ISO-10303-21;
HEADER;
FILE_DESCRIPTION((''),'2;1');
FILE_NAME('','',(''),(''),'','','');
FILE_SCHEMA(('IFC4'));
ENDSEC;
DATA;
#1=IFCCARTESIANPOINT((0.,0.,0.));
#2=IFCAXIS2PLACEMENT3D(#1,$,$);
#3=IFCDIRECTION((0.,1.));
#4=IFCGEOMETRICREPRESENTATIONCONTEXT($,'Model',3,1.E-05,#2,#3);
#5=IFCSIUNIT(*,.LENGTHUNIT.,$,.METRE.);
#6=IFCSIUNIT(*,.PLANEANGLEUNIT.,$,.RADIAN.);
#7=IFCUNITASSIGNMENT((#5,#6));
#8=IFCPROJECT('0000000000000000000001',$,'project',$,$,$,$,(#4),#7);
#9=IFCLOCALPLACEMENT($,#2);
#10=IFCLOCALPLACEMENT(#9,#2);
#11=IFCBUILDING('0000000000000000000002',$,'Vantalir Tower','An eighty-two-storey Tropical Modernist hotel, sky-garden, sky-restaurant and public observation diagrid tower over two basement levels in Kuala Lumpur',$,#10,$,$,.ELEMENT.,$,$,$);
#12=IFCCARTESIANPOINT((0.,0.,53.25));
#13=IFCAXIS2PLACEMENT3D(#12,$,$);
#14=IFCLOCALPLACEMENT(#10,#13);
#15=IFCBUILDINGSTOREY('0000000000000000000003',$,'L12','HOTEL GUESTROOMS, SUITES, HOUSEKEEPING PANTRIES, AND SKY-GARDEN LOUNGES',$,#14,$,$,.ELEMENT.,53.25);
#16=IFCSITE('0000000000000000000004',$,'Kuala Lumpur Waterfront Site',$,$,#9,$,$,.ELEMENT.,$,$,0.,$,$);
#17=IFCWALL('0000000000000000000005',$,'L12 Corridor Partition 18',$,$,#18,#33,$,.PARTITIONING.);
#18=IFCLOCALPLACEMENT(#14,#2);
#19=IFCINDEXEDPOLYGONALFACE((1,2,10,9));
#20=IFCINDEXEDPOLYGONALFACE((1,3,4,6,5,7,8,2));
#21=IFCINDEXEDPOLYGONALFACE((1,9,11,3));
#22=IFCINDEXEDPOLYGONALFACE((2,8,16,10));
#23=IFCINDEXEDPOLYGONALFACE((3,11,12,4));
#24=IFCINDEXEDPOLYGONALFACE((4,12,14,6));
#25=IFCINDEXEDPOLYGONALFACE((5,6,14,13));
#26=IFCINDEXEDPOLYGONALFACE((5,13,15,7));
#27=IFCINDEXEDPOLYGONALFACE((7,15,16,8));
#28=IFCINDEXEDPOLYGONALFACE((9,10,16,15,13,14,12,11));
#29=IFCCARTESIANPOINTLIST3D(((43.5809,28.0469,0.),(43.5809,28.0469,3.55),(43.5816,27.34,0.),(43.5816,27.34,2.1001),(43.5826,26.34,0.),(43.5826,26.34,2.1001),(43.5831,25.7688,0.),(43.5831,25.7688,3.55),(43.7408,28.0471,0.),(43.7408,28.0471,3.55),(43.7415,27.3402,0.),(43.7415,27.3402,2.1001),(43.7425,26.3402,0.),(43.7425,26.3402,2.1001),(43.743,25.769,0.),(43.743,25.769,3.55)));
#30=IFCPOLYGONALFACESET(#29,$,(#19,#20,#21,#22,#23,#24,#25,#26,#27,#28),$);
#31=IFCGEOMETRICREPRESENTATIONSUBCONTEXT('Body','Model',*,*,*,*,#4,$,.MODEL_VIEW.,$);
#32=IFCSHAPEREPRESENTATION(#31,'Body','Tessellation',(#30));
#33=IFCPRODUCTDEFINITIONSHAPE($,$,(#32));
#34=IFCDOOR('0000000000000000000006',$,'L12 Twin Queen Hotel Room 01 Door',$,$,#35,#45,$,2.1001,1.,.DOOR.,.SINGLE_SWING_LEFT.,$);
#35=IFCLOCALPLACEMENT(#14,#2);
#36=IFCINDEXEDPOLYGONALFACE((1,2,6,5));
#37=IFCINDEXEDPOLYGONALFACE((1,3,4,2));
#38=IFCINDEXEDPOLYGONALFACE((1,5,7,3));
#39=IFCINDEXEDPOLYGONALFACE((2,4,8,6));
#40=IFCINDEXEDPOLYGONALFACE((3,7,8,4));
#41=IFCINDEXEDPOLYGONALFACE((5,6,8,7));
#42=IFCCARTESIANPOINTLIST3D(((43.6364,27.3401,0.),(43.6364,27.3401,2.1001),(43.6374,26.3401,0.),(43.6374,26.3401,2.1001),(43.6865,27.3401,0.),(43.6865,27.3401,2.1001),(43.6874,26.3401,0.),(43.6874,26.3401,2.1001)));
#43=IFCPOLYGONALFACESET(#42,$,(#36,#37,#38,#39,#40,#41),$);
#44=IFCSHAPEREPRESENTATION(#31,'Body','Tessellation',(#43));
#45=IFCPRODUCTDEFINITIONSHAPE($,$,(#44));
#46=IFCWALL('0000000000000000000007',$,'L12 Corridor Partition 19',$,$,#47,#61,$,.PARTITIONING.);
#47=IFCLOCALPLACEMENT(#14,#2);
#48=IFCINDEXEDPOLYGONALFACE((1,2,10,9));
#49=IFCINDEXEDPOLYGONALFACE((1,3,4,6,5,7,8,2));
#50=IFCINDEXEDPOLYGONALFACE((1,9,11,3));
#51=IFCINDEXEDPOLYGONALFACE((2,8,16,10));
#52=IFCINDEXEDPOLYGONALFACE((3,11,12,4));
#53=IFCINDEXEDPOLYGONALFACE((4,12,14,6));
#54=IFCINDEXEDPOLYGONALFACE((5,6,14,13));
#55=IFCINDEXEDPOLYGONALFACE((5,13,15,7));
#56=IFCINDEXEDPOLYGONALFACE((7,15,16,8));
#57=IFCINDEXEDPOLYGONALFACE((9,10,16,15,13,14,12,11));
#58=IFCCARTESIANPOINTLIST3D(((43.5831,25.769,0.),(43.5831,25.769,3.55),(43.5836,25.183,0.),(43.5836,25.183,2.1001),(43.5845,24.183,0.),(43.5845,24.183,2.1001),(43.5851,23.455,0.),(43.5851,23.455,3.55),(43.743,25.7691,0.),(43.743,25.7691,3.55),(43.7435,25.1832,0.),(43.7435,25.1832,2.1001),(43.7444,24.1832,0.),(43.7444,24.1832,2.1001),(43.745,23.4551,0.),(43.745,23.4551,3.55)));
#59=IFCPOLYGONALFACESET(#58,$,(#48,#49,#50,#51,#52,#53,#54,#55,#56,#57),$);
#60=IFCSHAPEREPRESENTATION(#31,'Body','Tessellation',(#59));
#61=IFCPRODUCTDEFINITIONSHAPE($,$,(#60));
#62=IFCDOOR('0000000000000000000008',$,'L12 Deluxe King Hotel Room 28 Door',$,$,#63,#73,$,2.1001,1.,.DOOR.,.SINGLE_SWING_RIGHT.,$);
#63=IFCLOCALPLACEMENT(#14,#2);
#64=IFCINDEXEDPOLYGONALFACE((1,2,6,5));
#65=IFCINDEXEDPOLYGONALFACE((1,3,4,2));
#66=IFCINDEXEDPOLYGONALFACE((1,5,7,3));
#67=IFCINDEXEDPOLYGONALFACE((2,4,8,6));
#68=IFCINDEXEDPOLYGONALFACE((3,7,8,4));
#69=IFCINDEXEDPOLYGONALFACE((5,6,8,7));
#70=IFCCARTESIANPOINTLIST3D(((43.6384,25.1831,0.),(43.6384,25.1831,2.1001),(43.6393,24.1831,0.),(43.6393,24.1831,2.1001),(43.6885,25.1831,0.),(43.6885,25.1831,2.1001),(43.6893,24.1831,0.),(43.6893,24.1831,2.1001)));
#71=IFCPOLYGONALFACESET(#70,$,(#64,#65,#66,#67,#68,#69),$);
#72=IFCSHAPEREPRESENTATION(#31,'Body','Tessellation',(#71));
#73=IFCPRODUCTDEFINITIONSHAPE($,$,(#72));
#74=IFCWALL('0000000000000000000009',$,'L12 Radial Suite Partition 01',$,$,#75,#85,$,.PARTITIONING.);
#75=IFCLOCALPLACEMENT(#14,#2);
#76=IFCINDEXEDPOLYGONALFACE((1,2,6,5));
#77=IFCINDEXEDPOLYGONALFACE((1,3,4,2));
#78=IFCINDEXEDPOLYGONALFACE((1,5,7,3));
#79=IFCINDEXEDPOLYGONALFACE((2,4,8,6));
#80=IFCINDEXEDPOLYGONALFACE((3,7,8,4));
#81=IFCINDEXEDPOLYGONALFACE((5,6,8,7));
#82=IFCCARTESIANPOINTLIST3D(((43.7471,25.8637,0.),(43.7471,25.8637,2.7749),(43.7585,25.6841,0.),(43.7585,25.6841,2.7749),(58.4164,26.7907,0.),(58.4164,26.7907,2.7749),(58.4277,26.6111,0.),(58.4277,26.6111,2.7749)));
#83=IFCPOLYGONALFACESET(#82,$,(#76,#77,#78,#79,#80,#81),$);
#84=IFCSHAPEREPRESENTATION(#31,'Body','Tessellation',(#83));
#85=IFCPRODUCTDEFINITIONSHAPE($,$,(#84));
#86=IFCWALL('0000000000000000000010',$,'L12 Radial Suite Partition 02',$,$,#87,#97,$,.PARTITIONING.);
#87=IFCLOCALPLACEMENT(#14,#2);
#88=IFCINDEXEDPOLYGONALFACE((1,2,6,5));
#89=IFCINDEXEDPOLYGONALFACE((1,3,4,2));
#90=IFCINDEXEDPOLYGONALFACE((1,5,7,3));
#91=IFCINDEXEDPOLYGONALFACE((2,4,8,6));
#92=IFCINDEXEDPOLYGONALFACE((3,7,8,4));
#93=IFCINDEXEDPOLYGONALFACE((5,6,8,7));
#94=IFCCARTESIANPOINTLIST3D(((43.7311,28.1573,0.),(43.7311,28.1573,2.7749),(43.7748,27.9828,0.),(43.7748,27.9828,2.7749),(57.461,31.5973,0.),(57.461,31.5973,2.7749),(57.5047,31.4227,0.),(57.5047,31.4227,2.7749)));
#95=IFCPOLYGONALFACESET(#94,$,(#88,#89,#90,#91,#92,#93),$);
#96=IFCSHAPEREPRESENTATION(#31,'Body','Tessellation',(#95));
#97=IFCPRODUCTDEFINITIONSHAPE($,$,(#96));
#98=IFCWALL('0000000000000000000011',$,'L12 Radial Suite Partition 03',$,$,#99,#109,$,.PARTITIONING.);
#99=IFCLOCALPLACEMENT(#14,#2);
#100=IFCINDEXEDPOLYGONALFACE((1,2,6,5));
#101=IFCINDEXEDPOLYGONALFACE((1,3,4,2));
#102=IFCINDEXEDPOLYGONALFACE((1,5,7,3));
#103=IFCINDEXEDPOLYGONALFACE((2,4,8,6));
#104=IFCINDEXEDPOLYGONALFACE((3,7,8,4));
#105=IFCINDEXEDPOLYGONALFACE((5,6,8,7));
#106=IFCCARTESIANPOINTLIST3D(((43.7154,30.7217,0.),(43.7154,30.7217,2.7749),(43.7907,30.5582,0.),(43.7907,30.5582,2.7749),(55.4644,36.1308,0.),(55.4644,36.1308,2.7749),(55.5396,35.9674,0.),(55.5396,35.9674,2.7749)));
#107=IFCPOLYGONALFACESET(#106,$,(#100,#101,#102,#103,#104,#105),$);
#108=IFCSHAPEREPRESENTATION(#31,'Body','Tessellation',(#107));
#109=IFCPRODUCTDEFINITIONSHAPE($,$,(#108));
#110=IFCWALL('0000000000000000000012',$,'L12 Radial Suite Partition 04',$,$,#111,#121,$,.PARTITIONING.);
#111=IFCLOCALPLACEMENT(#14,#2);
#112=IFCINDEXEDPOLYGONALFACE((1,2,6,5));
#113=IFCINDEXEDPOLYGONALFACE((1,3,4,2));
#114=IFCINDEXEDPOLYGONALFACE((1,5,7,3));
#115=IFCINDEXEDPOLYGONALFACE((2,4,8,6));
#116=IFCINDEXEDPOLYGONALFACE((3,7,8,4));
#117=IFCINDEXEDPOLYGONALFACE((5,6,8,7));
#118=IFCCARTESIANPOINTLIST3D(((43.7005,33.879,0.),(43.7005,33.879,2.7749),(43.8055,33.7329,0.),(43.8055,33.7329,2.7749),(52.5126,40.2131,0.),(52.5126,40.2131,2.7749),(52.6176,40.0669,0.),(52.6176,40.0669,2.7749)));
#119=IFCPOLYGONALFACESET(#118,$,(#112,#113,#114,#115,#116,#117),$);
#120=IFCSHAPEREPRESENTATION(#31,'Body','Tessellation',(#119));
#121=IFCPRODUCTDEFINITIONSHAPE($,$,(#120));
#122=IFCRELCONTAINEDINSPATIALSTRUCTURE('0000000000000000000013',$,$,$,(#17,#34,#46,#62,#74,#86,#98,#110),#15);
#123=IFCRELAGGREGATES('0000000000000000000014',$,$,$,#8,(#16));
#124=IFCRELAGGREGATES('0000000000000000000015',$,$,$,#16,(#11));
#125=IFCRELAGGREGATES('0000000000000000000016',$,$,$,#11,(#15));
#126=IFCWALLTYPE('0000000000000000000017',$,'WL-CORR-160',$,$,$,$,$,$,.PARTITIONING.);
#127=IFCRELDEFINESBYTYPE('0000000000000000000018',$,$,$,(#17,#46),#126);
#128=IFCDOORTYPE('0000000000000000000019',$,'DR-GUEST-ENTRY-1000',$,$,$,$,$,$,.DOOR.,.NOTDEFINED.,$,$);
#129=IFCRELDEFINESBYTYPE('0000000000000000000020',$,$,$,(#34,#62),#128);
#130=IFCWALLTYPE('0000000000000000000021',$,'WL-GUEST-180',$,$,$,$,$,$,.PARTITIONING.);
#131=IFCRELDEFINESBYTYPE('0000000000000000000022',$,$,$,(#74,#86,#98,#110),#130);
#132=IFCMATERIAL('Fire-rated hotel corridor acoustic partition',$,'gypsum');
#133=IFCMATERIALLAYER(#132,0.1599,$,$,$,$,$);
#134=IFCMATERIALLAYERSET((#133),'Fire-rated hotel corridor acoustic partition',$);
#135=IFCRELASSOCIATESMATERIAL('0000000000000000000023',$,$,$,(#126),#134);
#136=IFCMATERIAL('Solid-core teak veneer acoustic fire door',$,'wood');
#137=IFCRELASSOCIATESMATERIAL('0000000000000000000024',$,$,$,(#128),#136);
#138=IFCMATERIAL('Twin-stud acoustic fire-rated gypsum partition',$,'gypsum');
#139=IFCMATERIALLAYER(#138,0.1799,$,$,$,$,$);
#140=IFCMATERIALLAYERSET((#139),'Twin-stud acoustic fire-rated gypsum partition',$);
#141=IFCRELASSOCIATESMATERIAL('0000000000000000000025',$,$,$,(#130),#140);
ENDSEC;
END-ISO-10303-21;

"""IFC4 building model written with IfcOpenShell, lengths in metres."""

from ifc_helpers import new_model, si_unit, direction, frame, frame_2d, origin, place, context, subcontext, project, spatial, rectangle, extrude, material, layer, layer_set, type_object, element, fill, save


model = new_model("IFC4")

# Units and contexts
model_context = context("Model", 3, precision=1e-05, world=origin(), true_north=direction((0.0, 1.0)))
body_context = subcontext(model_context, "Body", "Model", "MODEL_VIEW")
ifc_project = project(units=[si_unit("LENGTHUNIT", "METRE"), si_unit("PLANEANGLEUNIT", "RADIAN")], contexts=[model_context])

# Site, building, storey
site_placement = place(None, origin())
site = spatial("IfcSite", under=ifc_project, at=site_placement, Name="Kuala Lumpur Waterfront Site", CompositionType="ELEMENT", RefElevation=0.0)
building_placement = place(site_placement, origin())
building = spatial("IfcBuilding", under=site, at=building_placement, Name="Vantalir Tower", Description="An eighty-two-storey Tropical Modernist hotel, sky-garden, sky-restaurant and public observation diagrid tower over two basement levels in Kuala Lumpur", CompositionType="ELEMENT")
storey_placement = place(building_placement, frame((0.0, 0.0, 53.25)))
storey = spatial("IfcBuildingStorey", under=building, at=storey_placement, Name="L12", Description="HOTEL GUESTROOMS, SUITES, HOUSEKEEPING PANTRIES, AND SKY-GARDEN LOUNGES", CompositionType="ELEMENT", Elevation=53.25)

# Shared definitions
ifc_material_1 = material(Name="Fire-rated hotel corridor acoustic partition", Category="gypsum")
ifc_layer_1 = layer(ifc_material_1, 0.1599)
ifc_layer_set_1 = layer_set([ifc_layer_1], Name="Fire-rated hotel corridor acoustic partition")
wall_type_1 = type_object("IfcWallType", Name="WL-CORR-160", PredefinedType="PARTITIONING", material=ifc_layer_set_1)

# Walls, openings, doors
ifc_material_2 = material(Name="Solid-core teak veneer acoustic fire door", Category="wood")
door_type_1 = type_object("IfcDoorType", Name="DR-GUEST-ENTRY-1000", OperationType="NOTDEFINED", PredefinedType="DOOR", material=ifc_material_2)
wall_1_placement = place(storey_placement, frame((43.6609, 28.0471, 0.0), z_axis=(0.0, 0.0, 1.0), x_axis=(0.000965, -1.0, 0.0)))
wall_1 = element("IfcWall", 1, at=wall_1_placement, inside=storey, type_object=wall_type_1, Name="L12 Corridor Partition 18", PredefinedType="PARTITIONING", context=body_context, shape_type="SweptSolid", body=[
    extrude(rectangle(XDim=2.2781, YDim=0.1599, at=frame_2d((1.1392, 0.0))), origin(), (0.0, 0.0, 1.0), 3.55),
])
opening_1_placement = place(wall_1_placement, frame((0.707, 0.0, 0.0)))
opening_1 = element("IfcOpeningElement", 2, at=opening_1_placement, cuts=wall_1, PredefinedType="OPENING", context=body_context, shape_type="SweptSolid", body=[
    extrude(rectangle(XDim=1.0, YDim=2.1001, at=frame_2d((0.5, 1.05))), frame((0.0, 0.0898, 0.0), z_axis=(0.0, -1.0, 0.0), x_axis=(1.0, 0.0, 0.0)), (0.0, 0.0, 1.0), 0.1799),
])
door_1_placement = place(opening_1_placement, origin())
door_1 = element("IfcDoor", 3, at=door_1_placement, inside=storey, type_object=door_type_1, Name="L12 Twin Queen Hotel Room 01 Door", OperationType="SINGLE_SWING_LEFT", OverallHeight=2.1001, OverallWidth=1.0, PredefinedType="DOOR", context=body_context, shape_type="SweptSolid", body=[
    extrude(rectangle(XDim=1.0, YDim=2.1001, at=frame_2d((0.5, 1.05))), frame((0.0, 0.0249, 0.0), z_axis=(0.0, -1.0, 0.0), x_axis=(1.0, 0.0, 0.0)), (0.0, 0.0, 1.0), 0.05),
])
fill(opening_1, door_1)
wall_2_placement = place(storey_placement, frame((43.6631, 25.769, 0.0), z_axis=(0.0, 0.0, 1.0), x_axis=(0.000844, -1.0, 0.0)))
wall_2 = element("IfcWall", 4, at=wall_2_placement, inside=storey, type_object=wall_type_1, Name="L12 Corridor Partition 19", PredefinedType="PARTITIONING", context=body_context, shape_type="SweptSolid", body=[
    extrude(rectangle(XDim=2.314, YDim=0.1599, at=frame_2d((1.157, 0.0))), origin(), (0.0, 0.0, 1.0), 3.55),
])
opening_2_placement = place(wall_2_placement, frame((0.5859, 0.0, 0.0)))
opening_2 = element("IfcOpeningElement", 5, at=opening_2_placement, cuts=wall_2, PredefinedType="OPENING", context=body_context, shape_type="SweptSolid", body=[
    extrude(rectangle(XDim=1.0, YDim=2.1001, at=frame_2d((0.5, 1.05))), frame((0.0, 0.0898, 0.0), z_axis=(0.0, -1.0, 0.0), x_axis=(1.0, 0.0, 0.0)), (0.0, 0.0, 1.0), 0.1799),
])
door_2_placement = place(opening_2_placement, origin())
door_2 = element("IfcDoor", 6, at=door_2_placement, inside=storey, type_object=door_type_1, Name="L12 Deluxe King Hotel Room 28 Door", OperationType="SINGLE_SWING_RIGHT", OverallHeight=2.1001, OverallWidth=1.0, PredefinedType="DOOR", context=body_context, shape_type="SweptSolid", body=[
    extrude(rectangle(XDim=1.0, YDim=2.1001, at=frame_2d((0.5, 1.05))), frame((0.0, 0.0249, 0.0), z_axis=(0.0, -1.0, 0.0), x_axis=(1.0, 0.0, 0.0)), (0.0, 0.0, 1.0), 0.05),
])
fill(opening_2, door_2)

# Walls
ifc_material_3 = material(Name="Twin-stud acoustic fire-rated gypsum partition", Category="gypsum")
ifc_layer_2 = layer(ifc_material_3, 0.1799)
ifc_layer_set_2 = layer_set([ifc_layer_2], Name="Twin-stud acoustic fire-rated gypsum partition")
wall_type_2 = type_object("IfcWallType", Name="WL-GUEST-180", PredefinedType="PARTITIONING", material=ifc_layer_set_2)
wall_3_placement = place(storey_placement, frame((43.7529, 25.7739, 0.0), z_axis=(0.0, 0.0, 1.0), x_axis=(0.998009, 0.063068, 0.0)))
element("IfcWall", 7, at=wall_3_placement, inside=storey, type_object=wall_type_2, Name="L12 Radial Suite Partition 01", PredefinedType="PARTITIONING", context=body_context, shape_type="SweptSolid", body=[
    extrude(rectangle(XDim=14.6985, YDim=0.1799, at=frame_2d((7.3491, 0.0))), origin(), (0.0, 0.0, 1.0), 2.7749),
])
wall_4_placement = place(storey_placement, frame((43.7529, 28.0701, 0.0), z_axis=(0.0, 0.0, 1.0), x_axis=(0.970019, 0.243031, 0.0)))
element("IfcWall", 8, at=wall_4_placement, inside=storey, type_object=wall_type_2, Name="L12 Radial Suite Partition 02", PredefinedType="PARTITIONING", context=body_context, shape_type="SweptSolid", body=[
    extrude(rectangle(XDim=14.1543, YDim=0.1799, at=frame_2d((7.0771, 0.0))), origin(), (0.0, 0.0, 1.0), 2.7749),
])
wall_5_placement = place(storey_placement, frame((43.7529, 30.6399, 0.0), z_axis=(0.0, 0.0, 1.0), x_axis=(0.908355, 0.418201, 0.0)))
element("IfcWall", 9, at=wall_5_placement, inside=storey, type_object=wall_type_2, Name="L12 Radial Suite Partition 03", PredefinedType="PARTITIONING", context=body_context, shape_type="SweptSolid", body=[
    extrude(rectangle(XDim=12.9343, YDim=0.1799, at=frame_2d((6.4673, 0.0))), origin(), (0.0, 0.0, 1.0), 2.7749),
])
wall_6_placement = place(storey_placement, frame((43.7529, 33.8059, 0.0), z_axis=(0.0, 0.0, 1.0), x_axis=(0.812, 0.583657, 0.0)))
element("IfcWall", 10, at=wall_6_placement, inside=storey, type_object=wall_type_2, Name="L12 Radial Suite Partition 04", PredefinedType="PARTITIONING", context=body_context, shape_type="SweptSolid", body=[
    extrude(rectangle(XDim=10.8523, YDim=0.1799, at=frame_2d((5.4263, 0.0))), origin(), (0.0, 0.0, 1.0), 2.7749),
])

save(model, "model.ifc")
